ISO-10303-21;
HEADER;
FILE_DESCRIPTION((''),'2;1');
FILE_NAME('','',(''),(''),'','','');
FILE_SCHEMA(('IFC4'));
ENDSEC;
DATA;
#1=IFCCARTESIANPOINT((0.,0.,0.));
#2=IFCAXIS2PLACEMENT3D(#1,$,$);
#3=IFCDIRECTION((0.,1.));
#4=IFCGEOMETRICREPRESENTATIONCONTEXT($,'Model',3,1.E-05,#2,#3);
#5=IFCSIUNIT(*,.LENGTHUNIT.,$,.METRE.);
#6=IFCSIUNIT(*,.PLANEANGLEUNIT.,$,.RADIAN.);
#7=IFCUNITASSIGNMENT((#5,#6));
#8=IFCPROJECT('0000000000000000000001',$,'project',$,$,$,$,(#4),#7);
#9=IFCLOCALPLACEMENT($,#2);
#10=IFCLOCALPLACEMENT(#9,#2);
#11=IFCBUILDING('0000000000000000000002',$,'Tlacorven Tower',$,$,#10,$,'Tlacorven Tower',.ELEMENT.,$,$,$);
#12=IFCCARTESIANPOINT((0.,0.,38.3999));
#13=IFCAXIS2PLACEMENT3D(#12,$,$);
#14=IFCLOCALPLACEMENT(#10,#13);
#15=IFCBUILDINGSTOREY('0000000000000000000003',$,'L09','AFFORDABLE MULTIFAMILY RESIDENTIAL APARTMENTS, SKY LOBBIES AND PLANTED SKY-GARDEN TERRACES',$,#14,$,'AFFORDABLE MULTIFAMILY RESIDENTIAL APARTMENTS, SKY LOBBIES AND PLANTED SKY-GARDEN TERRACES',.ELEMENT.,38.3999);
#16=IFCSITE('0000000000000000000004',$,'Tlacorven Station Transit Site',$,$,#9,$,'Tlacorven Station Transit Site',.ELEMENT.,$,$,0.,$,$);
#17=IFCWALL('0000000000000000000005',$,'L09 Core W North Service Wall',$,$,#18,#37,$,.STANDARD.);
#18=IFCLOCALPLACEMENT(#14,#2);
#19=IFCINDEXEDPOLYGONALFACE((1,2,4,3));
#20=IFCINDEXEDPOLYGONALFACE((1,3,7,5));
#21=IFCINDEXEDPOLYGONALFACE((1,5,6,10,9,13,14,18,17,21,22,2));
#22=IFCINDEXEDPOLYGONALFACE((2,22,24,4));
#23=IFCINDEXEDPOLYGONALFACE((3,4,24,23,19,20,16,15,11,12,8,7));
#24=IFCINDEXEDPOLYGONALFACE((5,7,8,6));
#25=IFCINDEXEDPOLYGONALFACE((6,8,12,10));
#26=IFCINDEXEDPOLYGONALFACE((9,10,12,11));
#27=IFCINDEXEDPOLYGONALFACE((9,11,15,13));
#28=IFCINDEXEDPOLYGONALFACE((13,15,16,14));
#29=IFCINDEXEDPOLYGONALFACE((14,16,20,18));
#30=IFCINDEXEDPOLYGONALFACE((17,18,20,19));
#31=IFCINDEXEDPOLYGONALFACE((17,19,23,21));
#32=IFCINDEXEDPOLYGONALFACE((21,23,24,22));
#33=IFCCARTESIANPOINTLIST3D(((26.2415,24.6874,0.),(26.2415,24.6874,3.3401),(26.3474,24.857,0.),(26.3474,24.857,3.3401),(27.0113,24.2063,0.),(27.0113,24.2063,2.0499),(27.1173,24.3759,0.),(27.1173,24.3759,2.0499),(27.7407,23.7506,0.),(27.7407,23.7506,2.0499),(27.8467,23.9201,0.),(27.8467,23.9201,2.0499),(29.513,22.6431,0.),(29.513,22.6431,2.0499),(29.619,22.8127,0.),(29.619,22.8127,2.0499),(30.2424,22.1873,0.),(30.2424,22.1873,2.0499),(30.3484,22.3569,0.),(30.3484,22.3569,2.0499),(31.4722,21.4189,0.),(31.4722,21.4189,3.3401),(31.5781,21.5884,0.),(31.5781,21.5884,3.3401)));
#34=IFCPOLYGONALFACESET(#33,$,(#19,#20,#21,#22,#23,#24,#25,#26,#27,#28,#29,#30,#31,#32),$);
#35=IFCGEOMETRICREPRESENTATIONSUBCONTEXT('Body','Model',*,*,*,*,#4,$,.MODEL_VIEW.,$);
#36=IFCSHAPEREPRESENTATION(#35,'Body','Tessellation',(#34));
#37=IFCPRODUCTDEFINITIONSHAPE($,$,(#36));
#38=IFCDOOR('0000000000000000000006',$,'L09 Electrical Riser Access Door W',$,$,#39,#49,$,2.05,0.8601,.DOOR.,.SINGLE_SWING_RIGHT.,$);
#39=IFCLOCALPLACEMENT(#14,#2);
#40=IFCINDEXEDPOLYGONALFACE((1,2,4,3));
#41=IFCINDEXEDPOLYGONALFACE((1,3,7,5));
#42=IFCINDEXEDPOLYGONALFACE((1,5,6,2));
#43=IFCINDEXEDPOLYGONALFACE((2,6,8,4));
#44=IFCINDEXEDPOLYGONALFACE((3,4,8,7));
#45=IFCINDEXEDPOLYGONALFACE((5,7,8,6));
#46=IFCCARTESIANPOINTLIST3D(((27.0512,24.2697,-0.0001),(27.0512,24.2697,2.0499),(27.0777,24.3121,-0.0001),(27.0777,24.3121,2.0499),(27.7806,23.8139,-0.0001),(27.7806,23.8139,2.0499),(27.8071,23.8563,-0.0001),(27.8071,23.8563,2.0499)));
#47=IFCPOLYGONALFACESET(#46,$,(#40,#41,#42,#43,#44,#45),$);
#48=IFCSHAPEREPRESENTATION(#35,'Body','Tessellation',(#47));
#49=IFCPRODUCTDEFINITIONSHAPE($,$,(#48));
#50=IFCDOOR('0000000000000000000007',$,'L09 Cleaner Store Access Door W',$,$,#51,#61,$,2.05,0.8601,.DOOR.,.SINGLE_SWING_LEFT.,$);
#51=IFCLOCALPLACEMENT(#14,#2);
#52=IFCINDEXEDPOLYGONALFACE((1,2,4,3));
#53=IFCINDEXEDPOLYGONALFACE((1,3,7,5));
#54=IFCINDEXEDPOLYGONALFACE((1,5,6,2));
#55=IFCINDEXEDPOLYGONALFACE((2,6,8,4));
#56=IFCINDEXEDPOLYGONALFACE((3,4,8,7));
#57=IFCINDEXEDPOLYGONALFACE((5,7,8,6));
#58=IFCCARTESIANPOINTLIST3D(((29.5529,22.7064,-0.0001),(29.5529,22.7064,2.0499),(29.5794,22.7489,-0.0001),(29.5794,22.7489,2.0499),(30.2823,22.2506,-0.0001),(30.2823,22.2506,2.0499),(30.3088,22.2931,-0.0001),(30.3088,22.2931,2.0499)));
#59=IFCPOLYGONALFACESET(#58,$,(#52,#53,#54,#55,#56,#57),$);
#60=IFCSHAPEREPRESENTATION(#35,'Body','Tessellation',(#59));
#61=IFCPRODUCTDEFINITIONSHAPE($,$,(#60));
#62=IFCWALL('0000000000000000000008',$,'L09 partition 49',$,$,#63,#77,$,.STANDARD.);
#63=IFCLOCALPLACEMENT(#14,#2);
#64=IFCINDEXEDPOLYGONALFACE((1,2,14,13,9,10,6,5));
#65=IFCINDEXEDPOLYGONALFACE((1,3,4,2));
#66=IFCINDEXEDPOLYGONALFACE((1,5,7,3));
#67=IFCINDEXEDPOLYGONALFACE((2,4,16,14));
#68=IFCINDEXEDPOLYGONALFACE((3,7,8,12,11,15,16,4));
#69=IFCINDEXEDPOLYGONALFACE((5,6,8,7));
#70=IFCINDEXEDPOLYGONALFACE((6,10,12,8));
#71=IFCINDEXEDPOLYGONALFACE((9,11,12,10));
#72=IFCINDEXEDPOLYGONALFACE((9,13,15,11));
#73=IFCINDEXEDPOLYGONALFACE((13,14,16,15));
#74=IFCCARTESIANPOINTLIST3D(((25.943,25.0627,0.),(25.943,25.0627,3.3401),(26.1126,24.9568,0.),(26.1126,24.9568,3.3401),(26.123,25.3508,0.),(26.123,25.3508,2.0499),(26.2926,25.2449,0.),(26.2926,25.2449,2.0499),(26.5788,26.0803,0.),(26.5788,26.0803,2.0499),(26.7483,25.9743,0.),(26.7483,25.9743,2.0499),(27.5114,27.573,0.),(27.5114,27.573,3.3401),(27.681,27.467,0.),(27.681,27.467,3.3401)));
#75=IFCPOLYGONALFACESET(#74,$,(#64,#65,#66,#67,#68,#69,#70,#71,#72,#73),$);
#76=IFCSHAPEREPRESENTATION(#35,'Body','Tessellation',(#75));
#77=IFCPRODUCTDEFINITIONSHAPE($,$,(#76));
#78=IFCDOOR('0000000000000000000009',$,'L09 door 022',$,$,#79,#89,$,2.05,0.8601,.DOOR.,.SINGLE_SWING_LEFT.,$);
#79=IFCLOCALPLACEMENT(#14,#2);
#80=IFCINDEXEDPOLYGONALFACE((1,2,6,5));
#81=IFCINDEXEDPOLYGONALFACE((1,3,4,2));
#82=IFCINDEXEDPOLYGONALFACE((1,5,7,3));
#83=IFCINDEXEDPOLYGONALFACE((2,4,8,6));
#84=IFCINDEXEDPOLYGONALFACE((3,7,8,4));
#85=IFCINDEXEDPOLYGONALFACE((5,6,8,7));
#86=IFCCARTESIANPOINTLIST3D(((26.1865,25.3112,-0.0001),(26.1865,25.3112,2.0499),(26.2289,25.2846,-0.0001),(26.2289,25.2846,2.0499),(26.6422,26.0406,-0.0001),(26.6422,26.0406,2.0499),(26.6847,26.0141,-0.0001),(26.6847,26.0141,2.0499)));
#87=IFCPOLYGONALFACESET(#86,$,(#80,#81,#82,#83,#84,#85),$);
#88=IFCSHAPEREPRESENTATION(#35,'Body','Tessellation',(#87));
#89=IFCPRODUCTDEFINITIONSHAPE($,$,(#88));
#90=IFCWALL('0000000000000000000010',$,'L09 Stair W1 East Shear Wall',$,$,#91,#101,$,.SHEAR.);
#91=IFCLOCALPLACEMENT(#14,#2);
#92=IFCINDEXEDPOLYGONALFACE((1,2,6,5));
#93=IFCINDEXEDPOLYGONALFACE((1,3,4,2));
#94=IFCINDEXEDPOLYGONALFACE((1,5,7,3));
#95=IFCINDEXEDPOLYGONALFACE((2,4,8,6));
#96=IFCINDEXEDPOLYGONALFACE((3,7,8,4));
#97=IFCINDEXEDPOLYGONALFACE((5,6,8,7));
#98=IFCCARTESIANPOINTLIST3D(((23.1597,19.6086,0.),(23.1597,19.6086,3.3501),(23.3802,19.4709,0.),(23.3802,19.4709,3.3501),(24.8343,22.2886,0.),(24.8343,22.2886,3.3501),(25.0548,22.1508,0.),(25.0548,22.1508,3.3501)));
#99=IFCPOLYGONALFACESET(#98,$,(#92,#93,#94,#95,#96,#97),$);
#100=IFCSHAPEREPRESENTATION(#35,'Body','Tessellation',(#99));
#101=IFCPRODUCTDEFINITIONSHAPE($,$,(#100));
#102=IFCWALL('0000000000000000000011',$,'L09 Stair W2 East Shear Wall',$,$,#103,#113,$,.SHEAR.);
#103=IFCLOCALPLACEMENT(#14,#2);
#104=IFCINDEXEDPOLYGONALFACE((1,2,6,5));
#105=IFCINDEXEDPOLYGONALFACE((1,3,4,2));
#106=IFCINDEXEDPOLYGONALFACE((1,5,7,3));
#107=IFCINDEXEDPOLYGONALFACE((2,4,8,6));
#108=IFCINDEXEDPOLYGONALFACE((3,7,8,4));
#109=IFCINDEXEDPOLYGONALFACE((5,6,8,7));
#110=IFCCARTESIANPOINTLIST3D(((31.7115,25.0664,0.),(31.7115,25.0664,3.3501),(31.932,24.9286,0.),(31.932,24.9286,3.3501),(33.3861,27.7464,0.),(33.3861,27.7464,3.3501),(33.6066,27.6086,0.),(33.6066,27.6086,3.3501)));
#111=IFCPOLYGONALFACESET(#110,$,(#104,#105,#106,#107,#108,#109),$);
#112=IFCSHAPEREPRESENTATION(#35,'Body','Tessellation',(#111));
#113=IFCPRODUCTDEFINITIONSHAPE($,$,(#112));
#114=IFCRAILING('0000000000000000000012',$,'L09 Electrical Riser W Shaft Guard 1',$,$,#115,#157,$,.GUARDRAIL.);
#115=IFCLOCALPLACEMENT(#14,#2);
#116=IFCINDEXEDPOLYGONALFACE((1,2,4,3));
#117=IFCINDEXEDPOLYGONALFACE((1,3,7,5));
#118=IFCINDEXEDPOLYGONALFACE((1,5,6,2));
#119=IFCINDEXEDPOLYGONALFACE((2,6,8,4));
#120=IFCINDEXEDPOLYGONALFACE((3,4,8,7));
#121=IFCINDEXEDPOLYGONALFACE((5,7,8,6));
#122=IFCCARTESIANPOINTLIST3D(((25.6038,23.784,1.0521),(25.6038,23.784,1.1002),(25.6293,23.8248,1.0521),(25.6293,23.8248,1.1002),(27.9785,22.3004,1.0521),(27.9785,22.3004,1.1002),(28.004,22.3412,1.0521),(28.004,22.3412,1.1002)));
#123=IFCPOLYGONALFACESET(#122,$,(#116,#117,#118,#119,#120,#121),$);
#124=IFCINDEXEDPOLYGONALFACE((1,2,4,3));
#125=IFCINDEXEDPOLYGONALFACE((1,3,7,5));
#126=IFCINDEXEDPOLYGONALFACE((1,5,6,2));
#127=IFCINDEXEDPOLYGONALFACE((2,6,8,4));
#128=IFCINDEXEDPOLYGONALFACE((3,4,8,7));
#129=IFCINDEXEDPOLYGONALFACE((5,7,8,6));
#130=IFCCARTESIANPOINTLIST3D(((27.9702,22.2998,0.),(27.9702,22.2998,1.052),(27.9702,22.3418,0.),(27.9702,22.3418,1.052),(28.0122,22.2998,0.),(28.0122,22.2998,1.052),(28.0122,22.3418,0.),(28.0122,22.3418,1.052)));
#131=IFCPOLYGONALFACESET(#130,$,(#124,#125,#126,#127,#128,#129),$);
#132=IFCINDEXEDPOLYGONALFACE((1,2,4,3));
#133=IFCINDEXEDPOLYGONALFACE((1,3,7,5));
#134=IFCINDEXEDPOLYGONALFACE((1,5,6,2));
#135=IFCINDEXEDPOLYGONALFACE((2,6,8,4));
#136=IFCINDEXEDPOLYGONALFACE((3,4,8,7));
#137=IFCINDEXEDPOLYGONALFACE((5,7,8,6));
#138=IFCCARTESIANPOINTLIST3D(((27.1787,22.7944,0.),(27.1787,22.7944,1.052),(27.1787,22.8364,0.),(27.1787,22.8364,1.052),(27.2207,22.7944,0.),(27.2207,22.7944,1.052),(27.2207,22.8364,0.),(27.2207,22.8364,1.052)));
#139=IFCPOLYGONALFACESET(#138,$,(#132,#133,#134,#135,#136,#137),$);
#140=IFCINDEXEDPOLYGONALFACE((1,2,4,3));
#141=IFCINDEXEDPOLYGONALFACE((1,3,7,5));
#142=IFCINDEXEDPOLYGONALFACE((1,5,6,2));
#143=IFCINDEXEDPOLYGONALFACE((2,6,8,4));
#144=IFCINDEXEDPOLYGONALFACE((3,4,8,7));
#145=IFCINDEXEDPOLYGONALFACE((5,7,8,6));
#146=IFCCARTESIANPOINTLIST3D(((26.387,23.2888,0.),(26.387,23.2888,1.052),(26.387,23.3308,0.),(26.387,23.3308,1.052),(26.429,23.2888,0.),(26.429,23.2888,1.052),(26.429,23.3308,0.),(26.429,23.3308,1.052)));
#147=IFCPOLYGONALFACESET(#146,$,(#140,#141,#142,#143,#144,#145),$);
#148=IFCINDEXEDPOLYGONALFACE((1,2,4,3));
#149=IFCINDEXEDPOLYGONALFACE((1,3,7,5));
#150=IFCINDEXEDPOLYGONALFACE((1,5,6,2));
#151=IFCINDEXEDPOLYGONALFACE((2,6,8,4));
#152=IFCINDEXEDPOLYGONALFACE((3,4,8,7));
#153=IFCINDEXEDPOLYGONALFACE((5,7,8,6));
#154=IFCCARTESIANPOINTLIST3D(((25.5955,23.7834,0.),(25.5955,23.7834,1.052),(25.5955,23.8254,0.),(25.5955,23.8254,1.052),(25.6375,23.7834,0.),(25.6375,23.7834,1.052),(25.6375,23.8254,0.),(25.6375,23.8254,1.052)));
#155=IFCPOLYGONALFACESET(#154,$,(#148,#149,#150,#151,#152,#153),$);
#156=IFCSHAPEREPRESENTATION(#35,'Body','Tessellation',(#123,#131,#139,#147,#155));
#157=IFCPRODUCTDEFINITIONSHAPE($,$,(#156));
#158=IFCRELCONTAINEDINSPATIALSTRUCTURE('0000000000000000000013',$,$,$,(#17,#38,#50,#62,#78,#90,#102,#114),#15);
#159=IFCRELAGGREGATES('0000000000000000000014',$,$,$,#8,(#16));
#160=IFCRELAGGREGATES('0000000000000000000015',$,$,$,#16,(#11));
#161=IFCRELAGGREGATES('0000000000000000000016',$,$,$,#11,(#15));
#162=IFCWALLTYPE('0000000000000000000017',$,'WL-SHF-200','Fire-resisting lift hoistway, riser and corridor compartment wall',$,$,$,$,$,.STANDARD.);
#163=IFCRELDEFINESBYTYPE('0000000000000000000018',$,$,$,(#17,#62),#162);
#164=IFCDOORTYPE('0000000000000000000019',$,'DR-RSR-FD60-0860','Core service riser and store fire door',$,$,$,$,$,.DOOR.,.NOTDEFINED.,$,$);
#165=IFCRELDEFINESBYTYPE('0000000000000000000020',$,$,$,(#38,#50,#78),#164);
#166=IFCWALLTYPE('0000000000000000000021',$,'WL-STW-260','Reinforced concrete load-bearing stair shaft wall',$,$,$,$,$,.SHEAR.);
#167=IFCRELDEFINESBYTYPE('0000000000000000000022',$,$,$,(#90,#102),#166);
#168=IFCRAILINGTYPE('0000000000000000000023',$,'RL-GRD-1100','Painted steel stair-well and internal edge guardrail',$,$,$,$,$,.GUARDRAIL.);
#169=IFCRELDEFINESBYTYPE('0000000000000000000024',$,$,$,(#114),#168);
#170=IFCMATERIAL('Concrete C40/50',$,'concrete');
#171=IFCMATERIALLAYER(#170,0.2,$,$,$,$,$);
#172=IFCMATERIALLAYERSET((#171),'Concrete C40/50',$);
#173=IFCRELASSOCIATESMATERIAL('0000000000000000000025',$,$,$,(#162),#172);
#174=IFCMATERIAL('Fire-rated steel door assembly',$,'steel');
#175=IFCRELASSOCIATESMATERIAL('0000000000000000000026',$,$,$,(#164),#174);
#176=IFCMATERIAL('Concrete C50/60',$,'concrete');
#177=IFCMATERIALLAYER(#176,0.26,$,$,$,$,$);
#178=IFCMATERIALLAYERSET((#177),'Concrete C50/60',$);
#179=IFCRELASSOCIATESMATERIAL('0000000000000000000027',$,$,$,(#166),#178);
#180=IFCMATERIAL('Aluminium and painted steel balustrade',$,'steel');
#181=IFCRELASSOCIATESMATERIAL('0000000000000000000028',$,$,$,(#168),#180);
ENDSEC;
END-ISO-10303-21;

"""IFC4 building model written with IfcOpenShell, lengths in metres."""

from ifc_helpers import new_model, si_unit, direction, frame, frame_2d, origin, origin_2d, place, context, subcontext, project, spatial, rectangle, extrude, source, transform, mapped, material, layer, layer_set, type_object, element, fill, save


model = new_model("IFC4")

# Units and contexts
model_context = context("Model", 3, precision=1e-05, world=origin(), true_north=direction((0.0, 1.0)))
body_context = subcontext(model_context, "Body", "Model", "MODEL_VIEW")
ifc_project = project(units=[si_unit("LENGTHUNIT", "METRE"), si_unit("PLANEANGLEUNIT", "RADIAN")], contexts=[model_context])

# Site, building, storey
site_placement = place(None, origin())
site = spatial("IfcSite", under=ifc_project, at=site_placement, Name="Tlacorven Station Transit Site", LongName="Tlacorven Station Transit Site", CompositionType="ELEMENT", RefElevation=0.0)
building_placement = place(site_placement, origin())
building = spatial("IfcBuilding", under=site, at=building_placement, Name="Tlacorven Tower", LongName="Tlacorven Tower", CompositionType="ELEMENT")
storey_placement = place(building_placement, frame((0.0, 0.0, 38.3999)))
storey = spatial("IfcBuildingStorey", under=building, at=storey_placement, Name="L09", Description="AFFORDABLE MULTIFAMILY RESIDENTIAL APARTMENTS, SKY LOBBIES AND PLANTED SKY-GARDEN TERRACES", LongName="AFFORDABLE MULTIFAMILY RESIDENTIAL APARTMENTS, SKY LOBBIES AND PLANTED SKY-GARDEN TERRACES", CompositionType="ELEMENT", Elevation=38.3999)

# Shared definitions
ifc_material_1 = material(Name="Concrete C40/50", Category="concrete")
ifc_layer_1 = layer(ifc_material_1, 0.2)
ifc_layer_set_1 = layer_set([ifc_layer_1], Name="Concrete C40/50")
wall_type_1 = type_object("IfcWallType", Name="WL-SHF-200", Description="Fire-resisting lift hoistway, riser and corridor compartment wall", PredefinedType="STANDARD", material=ifc_layer_set_1)

# Wall, openings, doors
wall_1_placement = place(storey_placement, frame((31.5251, 21.5037, 0.0), z_axis=(0.0, 0.0, 1.0), x_axis=(-0.848045, 0.529924, 0.0)))
wall_1 = element("IfcWall", 1, at=wall_1_placement, inside=storey, type_object=wall_type_1, Name="L09 Core W North Service Wall", PredefinedType="STANDARD", context=body_context, shape_type="SweptSolid", body=[
    extrude(rectangle(XDim=6.168, YDim=0.2, at=frame_2d((3.084, 0.0))), origin(), (0.0, 0.0, 1.0), 3.3401),
])
opening_1_placement = place(wall_1_placement, frame((4.3999, 0.0, 0.0)))
opening_1 = element("IfcOpeningElement", 2, at=opening_1_placement, cuts=wall_1, PredefinedType="OPENING", context=body_context, shape_type="SweptSolid", body=[
    extrude(rectangle(XDim=0.8601, YDim=2.05, at=frame_2d((0.4302, 1.0249))), frame((0.0, 0.1099, 0.0), z_axis=(0.0, -1.0, 0.0), x_axis=(1.0, 0.0, 0.0)), (0.0, 0.0, 1.0), 0.22),
])
opening_2_placement = place(wall_1_placement, frame((1.45, 0.0, 0.0)))
opening_2 = element("IfcOpeningElement", 3, at=opening_2_placement, cuts=wall_1, PredefinedType="OPENING", context=body_context, shape_type="SweptSolid", body=[
    extrude(rectangle(XDim=0.8601, YDim=2.05, at=frame_2d((0.4302, 1.0249))), frame((0.0, 0.1099, 0.0), z_axis=(0.0, -1.0, 0.0), x_axis=(1.0, 0.0, 0.0)), (0.0, 0.0, 1.0), 0.22),
])
ifc_material_2 = material(Name="Fire-rated steel door assembly", Category="steel")
door_type_1 = type_object("IfcDoorType", Name="DR-RSR-FD60-0860", Description="Core service riser and store fire door", OperationType="NOTDEFINED", PredefinedType="DOOR", material=ifc_material_2)
shared_shape_1 = source(origin(), body_context, "Body", "SweptSolid", [
    extrude(rectangle(XDim=0.8601, YDim=2.05, at=frame_2d((0.4302, 1.0249))), frame((0.0, 0.0249, 0.0), z_axis=(0.0, -1.0, 0.0), x_axis=(1.0, 0.0, 0.0)), (0.0, 0.0, 1.0), 0.05),
])
door_1_placement = place(opening_1_placement, frame((0.8601, 0.0, 0.0), z_axis=(0.0, 0.0, 1.0), x_axis=(-1.0, 0.0, 0.0)))
door_1 = element("IfcDoor", 4, at=door_1_placement, inside=storey, type_object=door_type_1, Name="L09 Electrical Riser Access Door W", OperationType="SINGLE_SWING_RIGHT", OverallHeight=2.05, OverallWidth=0.8601, PredefinedType="DOOR", context=body_context, shape_type="MappedRepresentation", body=[
    mapped(shared_shape_1, transform((0.0, 0.0, 0.0), scale=1.0)),
])
fill(opening_1, door_1)
door_2_placement = place(opening_2_placement, frame((0.8601, 0.0, 0.0), z_axis=(0.0, 0.0, 1.0), x_axis=(-1.0, 0.0, 0.0)))
door_2 = element("IfcDoor", 5, at=door_2_placement, inside=storey, type_object=door_type_1, Name="L09 Cleaner Store Access Door W", OperationType="SINGLE_SWING_LEFT", OverallHeight=2.05, OverallWidth=0.8601, PredefinedType="DOOR", context=body_context, shape_type="MappedRepresentation", body=[
    mapped(shared_shape_1, transform((0.0, 0.0, 0.0), scale=1.0)),
])
fill(opening_2, door_2)

# Wall, opening, door
wall_2_placement = place(storey_placement, frame((27.5962, 27.52, 0.0), z_axis=(0.0, 0.0, 1.0), x_axis=(-0.529865, -0.848082, 0.0)))
wall_2 = element("IfcWall", 6, at=wall_2_placement, inside=storey, type_object=wall_type_1, Name="L09 partition 49", PredefinedType="STANDARD", context=body_context, shape_type="SweptSolid", body=[
    extrude(rectangle(XDim=2.96, YDim=0.2, at=frame_2d((1.48, 0.0))), origin(), (0.0, 0.0, 1.0), 3.3401),
])
opening_3_placement = place(wall_2_placement, frame((1.76, 0.0, 0.0)))
opening_3 = element("IfcOpeningElement", 7, at=opening_3_placement, cuts=wall_2, PredefinedType="OPENING", context=body_context, shape_type="SweptSolid", body=[
    extrude(rectangle(XDim=0.8601, YDim=2.05, at=frame_2d((0.4302, 1.0249))), frame((0.0, 0.1099, 0.0), z_axis=(0.0, -1.0, 0.0), x_axis=(1.0, 0.0, 0.0)), (0.0, 0.0, 1.0), 0.22),
])
door_3_placement = place(opening_3_placement, origin())
door_3 = element("IfcDoor", 8, at=door_3_placement, inside=storey, type_object=door_type_1, Name="L09 door 022", OperationType="SINGLE_SWING_LEFT", OverallHeight=2.05, OverallWidth=0.8601, PredefinedType="DOOR", context=body_context, shape_type="MappedRepresentation", body=[
    mapped(shared_shape_1, transform((0.0, 0.0, 0.0), scale=1.0)),
])
fill(opening_3, door_3)

# Walls
ifc_material_3 = material(Name="Concrete C50/60", Category="concrete")
ifc_layer_2 = layer(ifc_material_3, 0.26)
ifc_layer_set_2 = layer_set([ifc_layer_2], Name="Concrete C50/60")
wall_type_2 = type_object("IfcWallType", Name="WL-STW-260", Description="Reinforced concrete load-bearing stair shaft wall", PredefinedType="SHEAR", material=ifc_layer_set_2)
for number, where, z_axis, x_axis, name in (
    (9, (24.9446, 22.2197, 0.0), (0.0, 0.0, 1.0), (-0.529909, -0.848055, 0.0), "L09 Stair W1 East Shear Wall"),
    (10, (33.4963, 27.6775, 0.0), (0.0, 0.0, 1.0), (-0.529909, -0.848055, 0.0), "L09 Stair W2 East Shear Wall"),
):
    element("IfcWall", number, at=place(storey_placement, frame(where, z_axis=z_axis, x_axis=x_axis)), inside=storey, type_object=wall_type_2, Name=name, PredefinedType="SHEAR", context=body_context, shape_type="SweptSolid", body=[
        extrude(rectangle(XDim=3.1602, YDim=0.26, at=frame_2d((1.5801, 0.0))), origin(), (0.0, 0.0, 1.0), 3.3501),
    ])

# Railing
ifc_material_4 = material(Name="Aluminium and painted steel balustrade", Category="steel")
railing_type_1 = type_object("IfcRailingType", Name="RL-GRD-1100", Description="Painted steel stair-well and internal edge guardrail", PredefinedType="GUARDRAIL", material=ifc_material_4)
shared_shape_2 = source(origin(), body_context, "Body", "SweptSolid", [
    extrude(rectangle(XDim=0.0481, YDim=0.0481, at=origin_2d()), frame((0.0, 0.0, 1.0762), z_axis=(-0.848091, 0.52985, 0.0), x_axis=(-0.52985, -0.848091, 0.0)), (0.0, 0.0, 1.0), 2.8),
    extrude(rectangle(XDim=0.042, YDim=0.042, at=origin_2d()), origin(), (0.0, 0.0, 1.0), 1.052),
    extrude(rectangle(XDim=0.042, YDim=0.042, at=origin_2d()), frame((-0.7915, 0.4946, 0.0)), (0.0, 0.0, 1.0), 1.052),
    extrude(rectangle(XDim=0.042, YDim=0.042, at=origin_2d()), frame((-1.5833, 0.989, 0.0)), (0.0, 0.0, 1.0), 1.052),
    extrude(rectangle(XDim=0.042, YDim=0.042, at=origin_2d()), frame((-2.3748, 1.4836, 0.0)), (0.0, 0.0, 1.0), 1.052),
])
railing_1_placement = place(storey_placement, frame((27.9912, 22.3208, 0.0)))
element("IfcRailing", 11, at=railing_1_placement, inside=storey, type_object=railing_type_1, Name="L09 Electrical Riser W Shaft Guard 1", PredefinedType="GUARDRAIL", context=body_context, shape_type="MappedRepresentation", body=[
    mapped(shared_shape_2, transform((0.0, 0.0, 0.0), scale=1.0)),
])

save(model, "model.ifc")
